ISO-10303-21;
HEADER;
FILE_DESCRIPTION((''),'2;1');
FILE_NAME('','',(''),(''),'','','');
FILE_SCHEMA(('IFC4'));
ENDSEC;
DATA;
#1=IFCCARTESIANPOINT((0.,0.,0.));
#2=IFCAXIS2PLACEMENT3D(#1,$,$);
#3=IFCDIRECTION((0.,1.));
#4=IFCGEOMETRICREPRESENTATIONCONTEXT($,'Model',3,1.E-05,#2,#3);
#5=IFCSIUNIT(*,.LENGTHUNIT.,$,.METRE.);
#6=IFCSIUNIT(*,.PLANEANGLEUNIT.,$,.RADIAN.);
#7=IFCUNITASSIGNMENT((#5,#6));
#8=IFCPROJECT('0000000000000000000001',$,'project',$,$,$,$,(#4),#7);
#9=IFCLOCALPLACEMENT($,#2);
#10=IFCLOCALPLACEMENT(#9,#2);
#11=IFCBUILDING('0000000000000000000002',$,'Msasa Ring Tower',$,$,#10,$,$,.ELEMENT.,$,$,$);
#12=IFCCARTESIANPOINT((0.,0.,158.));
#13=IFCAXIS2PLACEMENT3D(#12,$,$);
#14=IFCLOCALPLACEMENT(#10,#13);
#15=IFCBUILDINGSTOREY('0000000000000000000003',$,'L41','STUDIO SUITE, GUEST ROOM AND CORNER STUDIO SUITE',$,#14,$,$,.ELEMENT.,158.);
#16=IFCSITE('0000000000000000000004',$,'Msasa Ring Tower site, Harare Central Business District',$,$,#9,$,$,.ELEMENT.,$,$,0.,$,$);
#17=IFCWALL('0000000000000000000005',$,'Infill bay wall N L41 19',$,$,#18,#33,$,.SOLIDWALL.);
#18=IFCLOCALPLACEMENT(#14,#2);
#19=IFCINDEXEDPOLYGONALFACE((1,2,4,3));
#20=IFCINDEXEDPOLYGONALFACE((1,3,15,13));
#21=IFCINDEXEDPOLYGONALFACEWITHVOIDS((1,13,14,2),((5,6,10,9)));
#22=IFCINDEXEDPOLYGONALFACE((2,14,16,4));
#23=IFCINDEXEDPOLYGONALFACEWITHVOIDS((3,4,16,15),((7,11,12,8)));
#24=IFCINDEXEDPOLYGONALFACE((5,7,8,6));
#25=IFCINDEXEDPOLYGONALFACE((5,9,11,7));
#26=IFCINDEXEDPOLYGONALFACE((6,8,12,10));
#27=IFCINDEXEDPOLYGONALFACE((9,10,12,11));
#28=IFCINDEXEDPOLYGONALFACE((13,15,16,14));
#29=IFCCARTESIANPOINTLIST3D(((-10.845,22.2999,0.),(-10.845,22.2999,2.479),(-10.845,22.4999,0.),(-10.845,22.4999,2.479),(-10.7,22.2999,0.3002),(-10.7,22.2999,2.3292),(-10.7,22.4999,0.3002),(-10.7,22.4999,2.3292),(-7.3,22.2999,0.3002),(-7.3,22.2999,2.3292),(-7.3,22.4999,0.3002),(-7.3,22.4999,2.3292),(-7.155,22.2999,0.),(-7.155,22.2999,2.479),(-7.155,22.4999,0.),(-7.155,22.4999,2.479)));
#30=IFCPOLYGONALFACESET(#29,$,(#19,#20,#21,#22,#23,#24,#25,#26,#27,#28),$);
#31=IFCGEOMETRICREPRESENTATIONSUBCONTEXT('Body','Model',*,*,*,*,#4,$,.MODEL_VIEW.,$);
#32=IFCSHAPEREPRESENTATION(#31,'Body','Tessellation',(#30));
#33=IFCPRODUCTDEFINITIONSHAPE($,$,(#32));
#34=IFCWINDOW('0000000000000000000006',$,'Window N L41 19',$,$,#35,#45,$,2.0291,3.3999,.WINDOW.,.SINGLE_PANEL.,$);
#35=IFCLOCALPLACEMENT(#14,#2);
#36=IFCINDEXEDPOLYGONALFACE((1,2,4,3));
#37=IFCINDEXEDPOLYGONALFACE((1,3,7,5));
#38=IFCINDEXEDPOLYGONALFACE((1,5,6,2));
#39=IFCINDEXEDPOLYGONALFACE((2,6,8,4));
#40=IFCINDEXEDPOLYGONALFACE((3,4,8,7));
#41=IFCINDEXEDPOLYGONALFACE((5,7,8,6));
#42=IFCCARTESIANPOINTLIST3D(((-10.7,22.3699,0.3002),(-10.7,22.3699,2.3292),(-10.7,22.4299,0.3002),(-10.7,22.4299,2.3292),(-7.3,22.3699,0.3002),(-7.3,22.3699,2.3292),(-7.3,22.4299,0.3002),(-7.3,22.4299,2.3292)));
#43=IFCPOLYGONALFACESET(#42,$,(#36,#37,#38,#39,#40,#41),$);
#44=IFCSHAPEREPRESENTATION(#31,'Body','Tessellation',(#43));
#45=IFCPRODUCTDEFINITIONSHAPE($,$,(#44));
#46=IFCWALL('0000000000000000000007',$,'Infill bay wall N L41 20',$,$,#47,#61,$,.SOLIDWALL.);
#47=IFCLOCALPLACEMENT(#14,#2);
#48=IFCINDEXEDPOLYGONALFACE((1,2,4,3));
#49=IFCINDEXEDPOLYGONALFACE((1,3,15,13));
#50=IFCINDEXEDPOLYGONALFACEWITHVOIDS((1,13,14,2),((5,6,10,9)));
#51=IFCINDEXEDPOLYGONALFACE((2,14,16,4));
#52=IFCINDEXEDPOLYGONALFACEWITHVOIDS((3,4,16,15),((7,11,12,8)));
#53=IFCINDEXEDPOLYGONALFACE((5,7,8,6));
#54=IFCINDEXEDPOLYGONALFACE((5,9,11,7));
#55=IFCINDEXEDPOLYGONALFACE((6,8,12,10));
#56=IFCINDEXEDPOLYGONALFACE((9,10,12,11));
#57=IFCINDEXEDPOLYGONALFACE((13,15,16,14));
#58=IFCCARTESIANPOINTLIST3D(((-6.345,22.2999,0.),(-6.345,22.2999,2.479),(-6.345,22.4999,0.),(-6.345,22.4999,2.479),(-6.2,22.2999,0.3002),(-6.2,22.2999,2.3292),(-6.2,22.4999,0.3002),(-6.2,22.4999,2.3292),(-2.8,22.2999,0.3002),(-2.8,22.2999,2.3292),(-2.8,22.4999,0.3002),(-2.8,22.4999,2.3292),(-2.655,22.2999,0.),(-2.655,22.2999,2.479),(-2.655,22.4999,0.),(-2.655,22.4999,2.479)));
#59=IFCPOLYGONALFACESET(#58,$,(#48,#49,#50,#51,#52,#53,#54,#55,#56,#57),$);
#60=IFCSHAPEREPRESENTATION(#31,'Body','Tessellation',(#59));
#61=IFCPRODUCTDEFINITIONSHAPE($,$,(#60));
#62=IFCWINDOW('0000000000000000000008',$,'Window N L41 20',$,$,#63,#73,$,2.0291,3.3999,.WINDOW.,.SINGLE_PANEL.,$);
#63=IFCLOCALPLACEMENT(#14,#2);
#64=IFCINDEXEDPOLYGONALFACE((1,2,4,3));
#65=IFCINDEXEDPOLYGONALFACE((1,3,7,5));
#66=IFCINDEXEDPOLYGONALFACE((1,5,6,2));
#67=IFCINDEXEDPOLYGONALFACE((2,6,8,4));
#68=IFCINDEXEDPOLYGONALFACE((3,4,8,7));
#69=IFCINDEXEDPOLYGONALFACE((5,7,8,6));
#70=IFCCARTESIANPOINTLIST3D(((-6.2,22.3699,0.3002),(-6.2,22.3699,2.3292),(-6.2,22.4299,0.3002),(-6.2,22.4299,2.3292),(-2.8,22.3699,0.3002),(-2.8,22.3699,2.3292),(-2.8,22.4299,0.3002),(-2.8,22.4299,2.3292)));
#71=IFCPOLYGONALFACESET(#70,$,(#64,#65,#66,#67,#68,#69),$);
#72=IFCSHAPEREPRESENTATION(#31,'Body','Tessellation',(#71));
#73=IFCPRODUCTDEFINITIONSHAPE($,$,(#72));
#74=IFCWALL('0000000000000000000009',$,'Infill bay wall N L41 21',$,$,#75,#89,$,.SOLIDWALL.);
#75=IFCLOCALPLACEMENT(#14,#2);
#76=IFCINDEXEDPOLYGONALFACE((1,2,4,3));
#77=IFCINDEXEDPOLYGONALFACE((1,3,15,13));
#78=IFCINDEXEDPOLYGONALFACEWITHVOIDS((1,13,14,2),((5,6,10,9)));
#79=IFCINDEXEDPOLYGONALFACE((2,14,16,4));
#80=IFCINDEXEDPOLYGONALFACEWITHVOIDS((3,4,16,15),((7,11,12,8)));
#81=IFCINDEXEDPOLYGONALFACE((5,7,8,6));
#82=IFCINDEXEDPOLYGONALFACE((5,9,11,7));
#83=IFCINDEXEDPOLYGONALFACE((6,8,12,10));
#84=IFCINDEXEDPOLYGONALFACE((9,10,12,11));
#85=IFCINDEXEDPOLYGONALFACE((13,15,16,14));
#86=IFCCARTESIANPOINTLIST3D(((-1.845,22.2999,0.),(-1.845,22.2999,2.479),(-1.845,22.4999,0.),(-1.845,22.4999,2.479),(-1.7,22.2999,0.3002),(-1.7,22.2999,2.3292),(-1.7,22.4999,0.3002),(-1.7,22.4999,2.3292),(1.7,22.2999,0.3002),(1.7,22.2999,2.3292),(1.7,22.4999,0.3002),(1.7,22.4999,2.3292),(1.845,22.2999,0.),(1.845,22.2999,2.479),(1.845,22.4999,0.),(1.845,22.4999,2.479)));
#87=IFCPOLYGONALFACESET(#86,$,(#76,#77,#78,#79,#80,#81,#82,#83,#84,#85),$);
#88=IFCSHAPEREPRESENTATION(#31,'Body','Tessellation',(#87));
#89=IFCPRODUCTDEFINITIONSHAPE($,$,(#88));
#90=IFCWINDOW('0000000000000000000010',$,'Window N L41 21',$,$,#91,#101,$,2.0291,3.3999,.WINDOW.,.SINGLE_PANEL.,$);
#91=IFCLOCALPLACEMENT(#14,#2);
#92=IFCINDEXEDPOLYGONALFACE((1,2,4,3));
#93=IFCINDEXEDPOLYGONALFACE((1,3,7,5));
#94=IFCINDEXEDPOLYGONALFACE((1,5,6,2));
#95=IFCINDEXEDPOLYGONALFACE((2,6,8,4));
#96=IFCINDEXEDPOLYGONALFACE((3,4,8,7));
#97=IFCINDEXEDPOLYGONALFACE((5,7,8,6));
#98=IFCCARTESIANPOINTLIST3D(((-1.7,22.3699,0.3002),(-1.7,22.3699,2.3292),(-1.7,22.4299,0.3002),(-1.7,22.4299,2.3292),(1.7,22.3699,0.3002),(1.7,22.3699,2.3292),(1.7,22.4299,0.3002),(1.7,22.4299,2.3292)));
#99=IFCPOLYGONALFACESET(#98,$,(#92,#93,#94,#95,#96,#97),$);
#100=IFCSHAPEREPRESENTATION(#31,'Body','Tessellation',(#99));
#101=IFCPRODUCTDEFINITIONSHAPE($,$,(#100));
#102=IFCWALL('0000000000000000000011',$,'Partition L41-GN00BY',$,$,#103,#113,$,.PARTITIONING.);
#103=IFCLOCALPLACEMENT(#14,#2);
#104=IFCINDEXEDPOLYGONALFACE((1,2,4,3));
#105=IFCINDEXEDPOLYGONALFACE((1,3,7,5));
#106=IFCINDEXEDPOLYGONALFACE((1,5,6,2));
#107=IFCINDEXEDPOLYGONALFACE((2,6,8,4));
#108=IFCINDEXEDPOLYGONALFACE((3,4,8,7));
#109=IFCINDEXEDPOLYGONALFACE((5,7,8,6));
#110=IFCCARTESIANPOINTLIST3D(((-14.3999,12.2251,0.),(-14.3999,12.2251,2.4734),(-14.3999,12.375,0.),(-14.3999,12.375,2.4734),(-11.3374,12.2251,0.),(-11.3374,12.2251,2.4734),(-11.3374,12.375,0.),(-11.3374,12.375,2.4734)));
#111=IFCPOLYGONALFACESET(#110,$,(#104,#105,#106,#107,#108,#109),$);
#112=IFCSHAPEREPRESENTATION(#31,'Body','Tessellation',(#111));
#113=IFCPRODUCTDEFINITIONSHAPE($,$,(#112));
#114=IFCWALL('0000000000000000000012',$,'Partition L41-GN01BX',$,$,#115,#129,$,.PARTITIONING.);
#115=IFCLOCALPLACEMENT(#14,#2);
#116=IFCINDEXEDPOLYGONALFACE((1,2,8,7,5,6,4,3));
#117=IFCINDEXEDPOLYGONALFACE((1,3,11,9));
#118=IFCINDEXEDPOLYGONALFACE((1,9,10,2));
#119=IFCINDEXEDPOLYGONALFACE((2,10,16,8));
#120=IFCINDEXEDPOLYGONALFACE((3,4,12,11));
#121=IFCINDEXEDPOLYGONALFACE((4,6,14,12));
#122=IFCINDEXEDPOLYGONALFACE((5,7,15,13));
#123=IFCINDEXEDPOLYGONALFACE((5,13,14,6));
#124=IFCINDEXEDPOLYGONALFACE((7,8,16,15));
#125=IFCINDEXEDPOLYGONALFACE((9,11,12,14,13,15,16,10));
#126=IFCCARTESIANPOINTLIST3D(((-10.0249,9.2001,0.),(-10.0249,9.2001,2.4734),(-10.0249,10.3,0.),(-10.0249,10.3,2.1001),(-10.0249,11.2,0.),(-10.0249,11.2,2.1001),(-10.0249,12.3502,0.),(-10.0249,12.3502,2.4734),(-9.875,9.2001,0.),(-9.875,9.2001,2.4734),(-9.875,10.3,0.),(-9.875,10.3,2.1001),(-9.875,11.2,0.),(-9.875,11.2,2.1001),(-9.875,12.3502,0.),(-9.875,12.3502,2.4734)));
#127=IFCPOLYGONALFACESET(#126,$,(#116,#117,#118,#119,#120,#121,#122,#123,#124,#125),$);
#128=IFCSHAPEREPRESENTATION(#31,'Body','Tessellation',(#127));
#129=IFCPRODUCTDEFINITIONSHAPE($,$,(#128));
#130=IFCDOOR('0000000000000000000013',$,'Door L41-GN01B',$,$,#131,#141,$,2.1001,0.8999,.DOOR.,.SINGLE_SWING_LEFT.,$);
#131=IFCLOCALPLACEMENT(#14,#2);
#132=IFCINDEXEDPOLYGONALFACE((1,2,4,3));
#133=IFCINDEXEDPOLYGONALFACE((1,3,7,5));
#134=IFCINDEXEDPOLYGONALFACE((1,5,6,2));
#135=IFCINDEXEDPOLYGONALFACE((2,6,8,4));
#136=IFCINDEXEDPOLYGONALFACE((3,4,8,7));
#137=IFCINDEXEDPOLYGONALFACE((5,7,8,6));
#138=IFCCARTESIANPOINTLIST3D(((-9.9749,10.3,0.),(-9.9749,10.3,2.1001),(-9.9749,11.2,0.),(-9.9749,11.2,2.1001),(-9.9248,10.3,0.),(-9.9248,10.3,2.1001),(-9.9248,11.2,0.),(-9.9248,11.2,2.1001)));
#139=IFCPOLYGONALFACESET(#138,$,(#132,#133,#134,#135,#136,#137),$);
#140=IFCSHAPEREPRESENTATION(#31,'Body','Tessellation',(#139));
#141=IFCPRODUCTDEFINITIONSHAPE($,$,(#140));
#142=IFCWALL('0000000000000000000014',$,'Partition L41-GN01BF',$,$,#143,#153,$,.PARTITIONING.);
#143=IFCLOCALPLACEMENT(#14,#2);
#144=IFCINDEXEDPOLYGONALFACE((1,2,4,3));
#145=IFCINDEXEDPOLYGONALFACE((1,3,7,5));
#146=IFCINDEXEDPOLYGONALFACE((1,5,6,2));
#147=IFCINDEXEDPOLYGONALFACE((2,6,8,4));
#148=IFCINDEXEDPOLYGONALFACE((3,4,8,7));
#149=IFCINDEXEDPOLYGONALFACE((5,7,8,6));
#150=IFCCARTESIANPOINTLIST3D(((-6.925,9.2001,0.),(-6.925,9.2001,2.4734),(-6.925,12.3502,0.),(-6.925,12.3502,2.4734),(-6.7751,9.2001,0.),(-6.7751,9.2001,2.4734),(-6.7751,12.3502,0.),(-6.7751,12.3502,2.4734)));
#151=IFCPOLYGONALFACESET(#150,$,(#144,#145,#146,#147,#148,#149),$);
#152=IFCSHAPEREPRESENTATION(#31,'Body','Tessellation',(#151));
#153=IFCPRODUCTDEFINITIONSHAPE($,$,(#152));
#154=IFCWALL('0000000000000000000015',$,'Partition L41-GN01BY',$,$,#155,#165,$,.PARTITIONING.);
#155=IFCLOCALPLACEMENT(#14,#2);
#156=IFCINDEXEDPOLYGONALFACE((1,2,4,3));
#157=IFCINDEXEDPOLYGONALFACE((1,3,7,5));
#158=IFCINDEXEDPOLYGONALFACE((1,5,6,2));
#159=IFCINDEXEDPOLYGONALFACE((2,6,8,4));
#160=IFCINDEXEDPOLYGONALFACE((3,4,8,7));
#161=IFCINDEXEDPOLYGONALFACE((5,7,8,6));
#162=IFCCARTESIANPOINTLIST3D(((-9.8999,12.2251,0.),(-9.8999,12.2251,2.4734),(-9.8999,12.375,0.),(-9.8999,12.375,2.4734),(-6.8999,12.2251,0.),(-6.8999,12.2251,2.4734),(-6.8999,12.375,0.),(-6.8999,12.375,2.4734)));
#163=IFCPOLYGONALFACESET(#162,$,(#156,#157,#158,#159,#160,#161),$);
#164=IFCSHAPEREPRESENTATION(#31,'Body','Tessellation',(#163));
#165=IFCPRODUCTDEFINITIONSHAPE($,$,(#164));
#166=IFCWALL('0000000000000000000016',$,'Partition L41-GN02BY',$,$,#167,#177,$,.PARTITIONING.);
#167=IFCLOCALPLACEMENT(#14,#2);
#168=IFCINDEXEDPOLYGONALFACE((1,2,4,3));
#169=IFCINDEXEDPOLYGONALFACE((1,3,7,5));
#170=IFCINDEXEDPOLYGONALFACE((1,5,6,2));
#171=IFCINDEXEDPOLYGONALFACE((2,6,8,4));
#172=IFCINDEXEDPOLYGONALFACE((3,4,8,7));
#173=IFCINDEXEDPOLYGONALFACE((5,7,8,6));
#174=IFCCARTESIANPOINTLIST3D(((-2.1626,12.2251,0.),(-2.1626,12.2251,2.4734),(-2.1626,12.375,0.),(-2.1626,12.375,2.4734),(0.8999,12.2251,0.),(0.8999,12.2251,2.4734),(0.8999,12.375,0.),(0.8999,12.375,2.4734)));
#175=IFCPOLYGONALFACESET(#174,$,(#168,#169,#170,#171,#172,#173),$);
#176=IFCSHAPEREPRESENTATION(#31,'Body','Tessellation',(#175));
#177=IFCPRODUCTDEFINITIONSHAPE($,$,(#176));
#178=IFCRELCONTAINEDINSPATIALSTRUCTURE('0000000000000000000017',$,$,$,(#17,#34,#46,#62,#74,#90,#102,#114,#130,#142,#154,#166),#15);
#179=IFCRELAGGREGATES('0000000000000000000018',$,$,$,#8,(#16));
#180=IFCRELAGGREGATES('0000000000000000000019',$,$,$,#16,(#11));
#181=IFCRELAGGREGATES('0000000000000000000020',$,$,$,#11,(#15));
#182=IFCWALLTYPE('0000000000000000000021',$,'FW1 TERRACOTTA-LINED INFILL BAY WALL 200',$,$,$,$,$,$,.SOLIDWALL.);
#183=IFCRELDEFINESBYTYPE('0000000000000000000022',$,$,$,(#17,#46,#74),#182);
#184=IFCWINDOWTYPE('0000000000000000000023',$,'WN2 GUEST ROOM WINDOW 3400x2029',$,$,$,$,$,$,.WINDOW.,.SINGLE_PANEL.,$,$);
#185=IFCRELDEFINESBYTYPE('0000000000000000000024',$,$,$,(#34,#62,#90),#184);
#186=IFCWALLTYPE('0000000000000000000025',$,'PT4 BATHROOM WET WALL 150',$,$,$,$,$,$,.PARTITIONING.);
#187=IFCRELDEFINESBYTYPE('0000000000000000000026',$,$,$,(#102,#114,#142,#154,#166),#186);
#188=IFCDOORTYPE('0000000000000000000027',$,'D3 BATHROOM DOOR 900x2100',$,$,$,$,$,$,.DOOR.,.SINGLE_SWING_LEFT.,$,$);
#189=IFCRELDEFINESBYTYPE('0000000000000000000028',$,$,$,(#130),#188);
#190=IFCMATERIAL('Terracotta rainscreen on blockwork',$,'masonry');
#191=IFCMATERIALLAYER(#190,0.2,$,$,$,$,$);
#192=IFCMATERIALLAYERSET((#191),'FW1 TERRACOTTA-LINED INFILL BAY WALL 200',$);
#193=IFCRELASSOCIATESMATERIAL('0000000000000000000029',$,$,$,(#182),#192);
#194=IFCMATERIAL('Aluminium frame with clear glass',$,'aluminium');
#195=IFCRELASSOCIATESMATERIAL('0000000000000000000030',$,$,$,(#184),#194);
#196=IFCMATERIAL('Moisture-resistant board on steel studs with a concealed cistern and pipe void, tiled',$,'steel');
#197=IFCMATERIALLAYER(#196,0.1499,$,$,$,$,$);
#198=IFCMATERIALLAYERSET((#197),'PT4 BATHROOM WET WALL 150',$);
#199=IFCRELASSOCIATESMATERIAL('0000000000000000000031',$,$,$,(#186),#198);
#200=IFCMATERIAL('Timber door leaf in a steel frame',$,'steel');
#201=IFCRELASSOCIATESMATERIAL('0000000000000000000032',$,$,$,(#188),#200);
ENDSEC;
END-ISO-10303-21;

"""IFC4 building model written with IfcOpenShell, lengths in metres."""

from ifc_helpers import new_model, si_unit, direction, frame, frame_2d, origin, place, context, subcontext, project, spatial, rectangle, extrude, material, layer, layer_set, type_object, element, fill, save


model = new_model("IFC4")

# Units and contexts
model_context = context("Model", 3, precision=1e-05, world=origin(), true_north=direction((0.0, 1.0)))
body_context = subcontext(model_context, "Body", "Model", "MODEL_VIEW")
ifc_project = project(units=[si_unit("LENGTHUNIT", "METRE"), si_unit("PLANEANGLEUNIT", "RADIAN")], contexts=[model_context])

# Site, building, storey
site_placement = place(None, origin())
site = spatial("IfcSite", under=ifc_project, at=site_placement, Name="Msasa Ring Tower site, Harare Central Business District", CompositionType="ELEMENT", RefElevation=0.0)
building_placement = place(site_placement, origin())
building = spatial("IfcBuilding", under=site, at=building_placement, Name="Msasa Ring Tower", CompositionType="ELEMENT")
storey_placement = place(building_placement, frame((0.0, 0.0, 158.0)))
storey = spatial("IfcBuildingStorey", under=building, at=storey_placement, Name="L41", Description="STUDIO SUITE, GUEST ROOM AND CORNER STUDIO SUITE", CompositionType="ELEMENT", Elevation=158.0)

# Walls, openings, windows
ifc_material_1 = material(Name="Terracotta rainscreen on blockwork", Category="masonry")
ifc_layer_1 = layer(ifc_material_1, 0.2)
ifc_layer_set_1 = layer_set([ifc_layer_1], Name="FW1 TERRACOTTA-LINED INFILL BAY WALL 200")
wall_type_1 = type_object("IfcWallType", Name="FW1 TERRACOTTA-LINED INFILL BAY WALL 200", PredefinedType="SOLIDWALL", material=ifc_layer_set_1)
ifc_material_2 = material(Name="Aluminium frame with clear glass", Category="aluminium")
window_type = type_object("IfcWindowType", Name="WN2 GUEST ROOM WINDOW 3400x2029", PartitioningType="SINGLE_PANEL", PredefinedType="WINDOW", material=ifc_material_2)
wall_1_placement = place(storey_placement, frame((-10.845, 22.3999, 0.0), z_axis=(0.0, 0.0, 1.0), x_axis=(1.0, 0.0, 0.0)))
wall_1 = element("IfcWall", 1, at=wall_1_placement, inside=storey, type_object=wall_type_1, Name="Infill bay wall N L41 19", PredefinedType="SOLIDWALL", context=body_context, shape_type="SweptSolid", body=[
    extrude(rectangle(XDim=3.6899, YDim=0.2, at=frame_2d((1.845, 0.0))), origin(), (0.0, 0.0, 1.0), 2.479),
])
opening_1_placement = place(wall_1_placement, frame((0.145, 0.0, 0.3)))
opening_1 = element("IfcOpeningElement", 2, at=opening_1_placement, cuts=wall_1, PredefinedType="OPENING", context=body_context, shape_type="SweptSolid", body=[
    extrude(rectangle(XDim=3.3999, YDim=2.0291, at=frame_2d((1.7, 1.0146))), frame((0.0, 0.1099, 0.0), z_axis=(0.0, -1.0, 0.0), x_axis=(1.0, 0.0, 0.0)), (0.0, 0.0, 1.0), 0.22),
])
window_1_placement = place(opening_1_placement, origin())
window_1 = element("IfcWindow", 3, at=window_1_placement, inside=storey, type_object=window_type, Name="Window N L41 19", OverallHeight=2.0291, OverallWidth=3.3999, PartitioningType="SINGLE_PANEL", PredefinedType="WINDOW", context=body_context, shape_type="SweptSolid", body=[
    extrude(rectangle(XDim=3.3999, YDim=2.0291, at=frame_2d((1.7, 1.0146))), frame((0.0, 0.03, 0.0), z_axis=(0.0, -1.0, 0.0), x_axis=(1.0, 0.0, 0.0)), (0.0, 0.0, 1.0), 0.0601),
])
fill(opening_1, window_1)
wall_2_placement = place(storey_placement, frame((-6.345, 22.3999, 0.0), z_axis=(0.0, 0.0, 1.0), x_axis=(1.0, 0.0, 0.0)))
wall_2 = element("IfcWall", 4, at=wall_2_placement, inside=storey, type_object=wall_type_1, Name="Infill bay wall N L41 20", PredefinedType="SOLIDWALL", context=body_context, shape_type="SweptSolid", body=[
    extrude(rectangle(XDim=3.6899, YDim=0.2, at=frame_2d((1.845, 0.0))), origin(), (0.0, 0.0, 1.0), 2.479),
])
opening_2_placement = place(wall_2_placement, frame((0.145, 0.0, 0.3)))
opening_2 = element("IfcOpeningElement", 5, at=opening_2_placement, cuts=wall_2, PredefinedType="OPENING", context=body_context, shape_type="SweptSolid", body=[
    extrude(rectangle(XDim=3.3999, YDim=2.0291, at=frame_2d((1.7, 1.0146))), frame((0.0, 0.1099, 0.0), z_axis=(0.0, -1.0, 0.0), x_axis=(1.0, 0.0, 0.0)), (0.0, 0.0, 1.0), 0.22),
])
window_2_placement = place(opening_2_placement, origin())
window_2 = element("IfcWindow", 6, at=window_2_placement, inside=storey, type_object=window_type, Name="Window N L41 20", OverallHeight=2.0291, OverallWidth=3.3999, PartitioningType="SINGLE_PANEL", PredefinedType="WINDOW", context=body_context, shape_type="SweptSolid", body=[
    extrude(rectangle(XDim=3.3999, YDim=2.0291, at=frame_2d((1.7, 1.0146))), frame((0.0, 0.03, 0.0), z_axis=(0.0, -1.0, 0.0), x_axis=(1.0, 0.0, 0.0)), (0.0, 0.0, 1.0), 0.0601),
])
fill(opening_2, window_2)
wall_3_placement = place(storey_placement, frame((-1.845, 22.3999, 0.0), z_axis=(0.0, 0.0, 1.0), x_axis=(1.0, 0.0, 0.0)))
wall_3 = element("IfcWall", 7, at=wall_3_placement, inside=storey, type_object=wall_type_1, Name="Infill bay wall N L41 21", PredefinedType="SOLIDWALL", context=body_context, shape_type="SweptSolid", body=[
    extrude(rectangle(XDim=3.6899, YDim=0.2, at=frame_2d((1.845, 0.0))), origin(), (0.0, 0.0, 1.0), 2.479),
])
opening_3_placement = place(wall_3_placement, frame((0.145, 0.0, 0.3)))
opening_3 = element("IfcOpeningElement", 8, at=opening_3_placement, cuts=wall_3, PredefinedType="OPENING", context=body_context, shape_type="SweptSolid", body=[
    extrude(rectangle(XDim=3.3999, YDim=2.0291, at=frame_2d((1.7, 1.0146))), frame((0.0, 0.1099, 0.0), z_axis=(0.0, -1.0, 0.0), x_axis=(1.0, 0.0, 0.0)), (0.0, 0.0, 1.0), 0.22),
])
window_3_placement = place(opening_3_placement, origin())
window_3 = element("IfcWindow", 9, at=window_3_placement, inside=storey, type_object=window_type, Name="Window N L41 21", OverallHeight=2.0291, OverallWidth=3.3999, PartitioningType="SINGLE_PANEL", PredefinedType="WINDOW", context=body_context, shape_type="SweptSolid", body=[
    extrude(rectangle(XDim=3.3999, YDim=2.0291, at=frame_2d((1.7, 1.0146))), frame((0.0, 0.03, 0.0), z_axis=(0.0, -1.0, 0.0), x_axis=(1.0, 0.0, 0.0)), (0.0, 0.0, 1.0), 0.0601),
])
fill(opening_3, window_3)

# Wall
ifc_material_3 = material(Name="Moisture-resistant board on steel studs with a concealed cistern and pipe void, tiled", Category="steel")
ifc_layer_2 = layer(ifc_material_3, 0.1499)
ifc_layer_set_2 = layer_set([ifc_layer_2], Name="PT4 BATHROOM WET WALL 150")
wall_type_2 = type_object("IfcWallType", Name="PT4 BATHROOM WET WALL 150", PredefinedType="PARTITIONING", material=ifc_layer_set_2)
wall_4_placement = place(storey_placement, frame((-14.3999, 12.3, 0.0), z_axis=(0.0, 0.0, 1.0), x_axis=(1.0, 0.0, 0.0)))
element("IfcWall", 10, at=wall_4_placement, inside=storey, type_object=wall_type_2, Name="Partition L41-GN00BY", PredefinedType="PARTITIONING", context=body_context, shape_type="SweptSolid", body=[
    extrude(rectangle(XDim=3.0625, YDim=0.1499, at=frame_2d((1.5312, 0.0))), origin(), (0.0, 0.0, 1.0), 2.4734),
])

# Wall, opening, door
wall_5_placement = place(storey_placement, frame((-9.95, 9.2, 0.0), z_axis=(0.0, 0.0, 1.0), x_axis=(0.0, 1.0, 0.0)))
wall_5 = element("IfcWall", 11, at=wall_5_placement, inside=storey, type_object=wall_type_2, Name="Partition L41-GN01BX", PredefinedType="PARTITIONING", context=body_context, shape_type="SweptSolid", body=[
    extrude(rectangle(XDim=3.1501, YDim=0.1499, at=frame_2d((1.5752, 0.0))), origin(), (0.0, 0.0, 1.0), 2.4734),
])
opening_4_placement = place(wall_5_placement, frame((1.1001, 0.0, 0.0)))
opening_4 = element("IfcOpeningElement", 12, at=opening_4_placement, cuts=wall_5, PredefinedType="OPENING", context=body_context, shape_type="SweptSolid", body=[
    extrude(rectangle(XDim=0.8999, YDim=2.1001, at=frame_2d((0.45, 1.05))), frame((0.0, 0.085, 0.0), z_axis=(0.0, -1.0, 0.0), x_axis=(1.0, 0.0, 0.0)), (0.0, 0.0, 1.0), 0.1699),
])
ifc_material_4 = material(Name="Timber door leaf in a steel frame", Category="steel")
door_type = type_object("IfcDoorType", Name="D3 BATHROOM DOOR 900x2100", OperationType="SINGLE_SWING_LEFT", PredefinedType="DOOR", material=ifc_material_4)
door_placement = place(opening_4_placement, origin())
door = element("IfcDoor", 13, at=door_placement, inside=storey, type_object=door_type, Name="Door L41-GN01B", OperationType="SINGLE_SWING_LEFT", OverallHeight=2.1001, OverallWidth=0.8999, PredefinedType="DOOR", context=body_context, shape_type="SweptSolid", body=[
    extrude(rectangle(XDim=0.8999, YDim=2.1001, at=frame_2d((0.45, 1.05))), frame((0.0, 0.0249, 0.0), z_axis=(0.0, -1.0, 0.0), x_axis=(1.0, 0.0, 0.0)), (0.0, 0.0, 1.0), 0.05),
])
fill(opening_4, door)

# Walls
wall_6_placement = place(storey_placement, frame((-6.8501, 9.2, 0.0), z_axis=(0.0, 0.0, 1.0), x_axis=(0.0, 1.0, 0.0)))
element("IfcWall", 14, at=wall_6_placement, inside=storey, type_object=wall_type_2, Name="Partition L41-GN01BF", PredefinedType="PARTITIONING", context=body_context, shape_type="SweptSolid", body=[
    extrude(rectangle(XDim=3.1501, YDim=0.1499, at=frame_2d((1.5752, 0.0))), origin(), (0.0, 0.0, 1.0), 2.4734),
])
wall_7_placement = place(storey_placement, frame((-9.8999, 12.3, 0.0), z_axis=(0.0, 0.0, 1.0), x_axis=(1.0, 0.0, 0.0)))
element("IfcWall", 15, at=wall_7_placement, inside=storey, type_object=wall_type_2, Name="Partition L41-GN01BY", PredefinedType="PARTITIONING", context=body_context, shape_type="SweptSolid", body=[
    extrude(rectangle(XDim=3.0, YDim=0.1499, at=frame_2d((1.5, 0.0))), origin(), (0.0, 0.0, 1.0), 2.4734),
])
wall_8_placement = place(storey_placement, frame((-2.1626, 12.3, 0.0), z_axis=(0.0, 0.0, 1.0), x_axis=(1.0, 0.0, 0.0)))
element("IfcWall", 16, at=wall_8_placement, inside=storey, type_object=wall_type_2, Name="Partition L41-GN02BY", PredefinedType="PARTITIONING", context=body_context, shape_type="SweptSolid", body=[
    extrude(rectangle(XDim=3.0625, YDim=0.1499, at=frame_2d((1.5312, 0.0))), origin(), (0.0, 0.0, 1.0), 2.4734),
])

save(model, "model.ifc")
